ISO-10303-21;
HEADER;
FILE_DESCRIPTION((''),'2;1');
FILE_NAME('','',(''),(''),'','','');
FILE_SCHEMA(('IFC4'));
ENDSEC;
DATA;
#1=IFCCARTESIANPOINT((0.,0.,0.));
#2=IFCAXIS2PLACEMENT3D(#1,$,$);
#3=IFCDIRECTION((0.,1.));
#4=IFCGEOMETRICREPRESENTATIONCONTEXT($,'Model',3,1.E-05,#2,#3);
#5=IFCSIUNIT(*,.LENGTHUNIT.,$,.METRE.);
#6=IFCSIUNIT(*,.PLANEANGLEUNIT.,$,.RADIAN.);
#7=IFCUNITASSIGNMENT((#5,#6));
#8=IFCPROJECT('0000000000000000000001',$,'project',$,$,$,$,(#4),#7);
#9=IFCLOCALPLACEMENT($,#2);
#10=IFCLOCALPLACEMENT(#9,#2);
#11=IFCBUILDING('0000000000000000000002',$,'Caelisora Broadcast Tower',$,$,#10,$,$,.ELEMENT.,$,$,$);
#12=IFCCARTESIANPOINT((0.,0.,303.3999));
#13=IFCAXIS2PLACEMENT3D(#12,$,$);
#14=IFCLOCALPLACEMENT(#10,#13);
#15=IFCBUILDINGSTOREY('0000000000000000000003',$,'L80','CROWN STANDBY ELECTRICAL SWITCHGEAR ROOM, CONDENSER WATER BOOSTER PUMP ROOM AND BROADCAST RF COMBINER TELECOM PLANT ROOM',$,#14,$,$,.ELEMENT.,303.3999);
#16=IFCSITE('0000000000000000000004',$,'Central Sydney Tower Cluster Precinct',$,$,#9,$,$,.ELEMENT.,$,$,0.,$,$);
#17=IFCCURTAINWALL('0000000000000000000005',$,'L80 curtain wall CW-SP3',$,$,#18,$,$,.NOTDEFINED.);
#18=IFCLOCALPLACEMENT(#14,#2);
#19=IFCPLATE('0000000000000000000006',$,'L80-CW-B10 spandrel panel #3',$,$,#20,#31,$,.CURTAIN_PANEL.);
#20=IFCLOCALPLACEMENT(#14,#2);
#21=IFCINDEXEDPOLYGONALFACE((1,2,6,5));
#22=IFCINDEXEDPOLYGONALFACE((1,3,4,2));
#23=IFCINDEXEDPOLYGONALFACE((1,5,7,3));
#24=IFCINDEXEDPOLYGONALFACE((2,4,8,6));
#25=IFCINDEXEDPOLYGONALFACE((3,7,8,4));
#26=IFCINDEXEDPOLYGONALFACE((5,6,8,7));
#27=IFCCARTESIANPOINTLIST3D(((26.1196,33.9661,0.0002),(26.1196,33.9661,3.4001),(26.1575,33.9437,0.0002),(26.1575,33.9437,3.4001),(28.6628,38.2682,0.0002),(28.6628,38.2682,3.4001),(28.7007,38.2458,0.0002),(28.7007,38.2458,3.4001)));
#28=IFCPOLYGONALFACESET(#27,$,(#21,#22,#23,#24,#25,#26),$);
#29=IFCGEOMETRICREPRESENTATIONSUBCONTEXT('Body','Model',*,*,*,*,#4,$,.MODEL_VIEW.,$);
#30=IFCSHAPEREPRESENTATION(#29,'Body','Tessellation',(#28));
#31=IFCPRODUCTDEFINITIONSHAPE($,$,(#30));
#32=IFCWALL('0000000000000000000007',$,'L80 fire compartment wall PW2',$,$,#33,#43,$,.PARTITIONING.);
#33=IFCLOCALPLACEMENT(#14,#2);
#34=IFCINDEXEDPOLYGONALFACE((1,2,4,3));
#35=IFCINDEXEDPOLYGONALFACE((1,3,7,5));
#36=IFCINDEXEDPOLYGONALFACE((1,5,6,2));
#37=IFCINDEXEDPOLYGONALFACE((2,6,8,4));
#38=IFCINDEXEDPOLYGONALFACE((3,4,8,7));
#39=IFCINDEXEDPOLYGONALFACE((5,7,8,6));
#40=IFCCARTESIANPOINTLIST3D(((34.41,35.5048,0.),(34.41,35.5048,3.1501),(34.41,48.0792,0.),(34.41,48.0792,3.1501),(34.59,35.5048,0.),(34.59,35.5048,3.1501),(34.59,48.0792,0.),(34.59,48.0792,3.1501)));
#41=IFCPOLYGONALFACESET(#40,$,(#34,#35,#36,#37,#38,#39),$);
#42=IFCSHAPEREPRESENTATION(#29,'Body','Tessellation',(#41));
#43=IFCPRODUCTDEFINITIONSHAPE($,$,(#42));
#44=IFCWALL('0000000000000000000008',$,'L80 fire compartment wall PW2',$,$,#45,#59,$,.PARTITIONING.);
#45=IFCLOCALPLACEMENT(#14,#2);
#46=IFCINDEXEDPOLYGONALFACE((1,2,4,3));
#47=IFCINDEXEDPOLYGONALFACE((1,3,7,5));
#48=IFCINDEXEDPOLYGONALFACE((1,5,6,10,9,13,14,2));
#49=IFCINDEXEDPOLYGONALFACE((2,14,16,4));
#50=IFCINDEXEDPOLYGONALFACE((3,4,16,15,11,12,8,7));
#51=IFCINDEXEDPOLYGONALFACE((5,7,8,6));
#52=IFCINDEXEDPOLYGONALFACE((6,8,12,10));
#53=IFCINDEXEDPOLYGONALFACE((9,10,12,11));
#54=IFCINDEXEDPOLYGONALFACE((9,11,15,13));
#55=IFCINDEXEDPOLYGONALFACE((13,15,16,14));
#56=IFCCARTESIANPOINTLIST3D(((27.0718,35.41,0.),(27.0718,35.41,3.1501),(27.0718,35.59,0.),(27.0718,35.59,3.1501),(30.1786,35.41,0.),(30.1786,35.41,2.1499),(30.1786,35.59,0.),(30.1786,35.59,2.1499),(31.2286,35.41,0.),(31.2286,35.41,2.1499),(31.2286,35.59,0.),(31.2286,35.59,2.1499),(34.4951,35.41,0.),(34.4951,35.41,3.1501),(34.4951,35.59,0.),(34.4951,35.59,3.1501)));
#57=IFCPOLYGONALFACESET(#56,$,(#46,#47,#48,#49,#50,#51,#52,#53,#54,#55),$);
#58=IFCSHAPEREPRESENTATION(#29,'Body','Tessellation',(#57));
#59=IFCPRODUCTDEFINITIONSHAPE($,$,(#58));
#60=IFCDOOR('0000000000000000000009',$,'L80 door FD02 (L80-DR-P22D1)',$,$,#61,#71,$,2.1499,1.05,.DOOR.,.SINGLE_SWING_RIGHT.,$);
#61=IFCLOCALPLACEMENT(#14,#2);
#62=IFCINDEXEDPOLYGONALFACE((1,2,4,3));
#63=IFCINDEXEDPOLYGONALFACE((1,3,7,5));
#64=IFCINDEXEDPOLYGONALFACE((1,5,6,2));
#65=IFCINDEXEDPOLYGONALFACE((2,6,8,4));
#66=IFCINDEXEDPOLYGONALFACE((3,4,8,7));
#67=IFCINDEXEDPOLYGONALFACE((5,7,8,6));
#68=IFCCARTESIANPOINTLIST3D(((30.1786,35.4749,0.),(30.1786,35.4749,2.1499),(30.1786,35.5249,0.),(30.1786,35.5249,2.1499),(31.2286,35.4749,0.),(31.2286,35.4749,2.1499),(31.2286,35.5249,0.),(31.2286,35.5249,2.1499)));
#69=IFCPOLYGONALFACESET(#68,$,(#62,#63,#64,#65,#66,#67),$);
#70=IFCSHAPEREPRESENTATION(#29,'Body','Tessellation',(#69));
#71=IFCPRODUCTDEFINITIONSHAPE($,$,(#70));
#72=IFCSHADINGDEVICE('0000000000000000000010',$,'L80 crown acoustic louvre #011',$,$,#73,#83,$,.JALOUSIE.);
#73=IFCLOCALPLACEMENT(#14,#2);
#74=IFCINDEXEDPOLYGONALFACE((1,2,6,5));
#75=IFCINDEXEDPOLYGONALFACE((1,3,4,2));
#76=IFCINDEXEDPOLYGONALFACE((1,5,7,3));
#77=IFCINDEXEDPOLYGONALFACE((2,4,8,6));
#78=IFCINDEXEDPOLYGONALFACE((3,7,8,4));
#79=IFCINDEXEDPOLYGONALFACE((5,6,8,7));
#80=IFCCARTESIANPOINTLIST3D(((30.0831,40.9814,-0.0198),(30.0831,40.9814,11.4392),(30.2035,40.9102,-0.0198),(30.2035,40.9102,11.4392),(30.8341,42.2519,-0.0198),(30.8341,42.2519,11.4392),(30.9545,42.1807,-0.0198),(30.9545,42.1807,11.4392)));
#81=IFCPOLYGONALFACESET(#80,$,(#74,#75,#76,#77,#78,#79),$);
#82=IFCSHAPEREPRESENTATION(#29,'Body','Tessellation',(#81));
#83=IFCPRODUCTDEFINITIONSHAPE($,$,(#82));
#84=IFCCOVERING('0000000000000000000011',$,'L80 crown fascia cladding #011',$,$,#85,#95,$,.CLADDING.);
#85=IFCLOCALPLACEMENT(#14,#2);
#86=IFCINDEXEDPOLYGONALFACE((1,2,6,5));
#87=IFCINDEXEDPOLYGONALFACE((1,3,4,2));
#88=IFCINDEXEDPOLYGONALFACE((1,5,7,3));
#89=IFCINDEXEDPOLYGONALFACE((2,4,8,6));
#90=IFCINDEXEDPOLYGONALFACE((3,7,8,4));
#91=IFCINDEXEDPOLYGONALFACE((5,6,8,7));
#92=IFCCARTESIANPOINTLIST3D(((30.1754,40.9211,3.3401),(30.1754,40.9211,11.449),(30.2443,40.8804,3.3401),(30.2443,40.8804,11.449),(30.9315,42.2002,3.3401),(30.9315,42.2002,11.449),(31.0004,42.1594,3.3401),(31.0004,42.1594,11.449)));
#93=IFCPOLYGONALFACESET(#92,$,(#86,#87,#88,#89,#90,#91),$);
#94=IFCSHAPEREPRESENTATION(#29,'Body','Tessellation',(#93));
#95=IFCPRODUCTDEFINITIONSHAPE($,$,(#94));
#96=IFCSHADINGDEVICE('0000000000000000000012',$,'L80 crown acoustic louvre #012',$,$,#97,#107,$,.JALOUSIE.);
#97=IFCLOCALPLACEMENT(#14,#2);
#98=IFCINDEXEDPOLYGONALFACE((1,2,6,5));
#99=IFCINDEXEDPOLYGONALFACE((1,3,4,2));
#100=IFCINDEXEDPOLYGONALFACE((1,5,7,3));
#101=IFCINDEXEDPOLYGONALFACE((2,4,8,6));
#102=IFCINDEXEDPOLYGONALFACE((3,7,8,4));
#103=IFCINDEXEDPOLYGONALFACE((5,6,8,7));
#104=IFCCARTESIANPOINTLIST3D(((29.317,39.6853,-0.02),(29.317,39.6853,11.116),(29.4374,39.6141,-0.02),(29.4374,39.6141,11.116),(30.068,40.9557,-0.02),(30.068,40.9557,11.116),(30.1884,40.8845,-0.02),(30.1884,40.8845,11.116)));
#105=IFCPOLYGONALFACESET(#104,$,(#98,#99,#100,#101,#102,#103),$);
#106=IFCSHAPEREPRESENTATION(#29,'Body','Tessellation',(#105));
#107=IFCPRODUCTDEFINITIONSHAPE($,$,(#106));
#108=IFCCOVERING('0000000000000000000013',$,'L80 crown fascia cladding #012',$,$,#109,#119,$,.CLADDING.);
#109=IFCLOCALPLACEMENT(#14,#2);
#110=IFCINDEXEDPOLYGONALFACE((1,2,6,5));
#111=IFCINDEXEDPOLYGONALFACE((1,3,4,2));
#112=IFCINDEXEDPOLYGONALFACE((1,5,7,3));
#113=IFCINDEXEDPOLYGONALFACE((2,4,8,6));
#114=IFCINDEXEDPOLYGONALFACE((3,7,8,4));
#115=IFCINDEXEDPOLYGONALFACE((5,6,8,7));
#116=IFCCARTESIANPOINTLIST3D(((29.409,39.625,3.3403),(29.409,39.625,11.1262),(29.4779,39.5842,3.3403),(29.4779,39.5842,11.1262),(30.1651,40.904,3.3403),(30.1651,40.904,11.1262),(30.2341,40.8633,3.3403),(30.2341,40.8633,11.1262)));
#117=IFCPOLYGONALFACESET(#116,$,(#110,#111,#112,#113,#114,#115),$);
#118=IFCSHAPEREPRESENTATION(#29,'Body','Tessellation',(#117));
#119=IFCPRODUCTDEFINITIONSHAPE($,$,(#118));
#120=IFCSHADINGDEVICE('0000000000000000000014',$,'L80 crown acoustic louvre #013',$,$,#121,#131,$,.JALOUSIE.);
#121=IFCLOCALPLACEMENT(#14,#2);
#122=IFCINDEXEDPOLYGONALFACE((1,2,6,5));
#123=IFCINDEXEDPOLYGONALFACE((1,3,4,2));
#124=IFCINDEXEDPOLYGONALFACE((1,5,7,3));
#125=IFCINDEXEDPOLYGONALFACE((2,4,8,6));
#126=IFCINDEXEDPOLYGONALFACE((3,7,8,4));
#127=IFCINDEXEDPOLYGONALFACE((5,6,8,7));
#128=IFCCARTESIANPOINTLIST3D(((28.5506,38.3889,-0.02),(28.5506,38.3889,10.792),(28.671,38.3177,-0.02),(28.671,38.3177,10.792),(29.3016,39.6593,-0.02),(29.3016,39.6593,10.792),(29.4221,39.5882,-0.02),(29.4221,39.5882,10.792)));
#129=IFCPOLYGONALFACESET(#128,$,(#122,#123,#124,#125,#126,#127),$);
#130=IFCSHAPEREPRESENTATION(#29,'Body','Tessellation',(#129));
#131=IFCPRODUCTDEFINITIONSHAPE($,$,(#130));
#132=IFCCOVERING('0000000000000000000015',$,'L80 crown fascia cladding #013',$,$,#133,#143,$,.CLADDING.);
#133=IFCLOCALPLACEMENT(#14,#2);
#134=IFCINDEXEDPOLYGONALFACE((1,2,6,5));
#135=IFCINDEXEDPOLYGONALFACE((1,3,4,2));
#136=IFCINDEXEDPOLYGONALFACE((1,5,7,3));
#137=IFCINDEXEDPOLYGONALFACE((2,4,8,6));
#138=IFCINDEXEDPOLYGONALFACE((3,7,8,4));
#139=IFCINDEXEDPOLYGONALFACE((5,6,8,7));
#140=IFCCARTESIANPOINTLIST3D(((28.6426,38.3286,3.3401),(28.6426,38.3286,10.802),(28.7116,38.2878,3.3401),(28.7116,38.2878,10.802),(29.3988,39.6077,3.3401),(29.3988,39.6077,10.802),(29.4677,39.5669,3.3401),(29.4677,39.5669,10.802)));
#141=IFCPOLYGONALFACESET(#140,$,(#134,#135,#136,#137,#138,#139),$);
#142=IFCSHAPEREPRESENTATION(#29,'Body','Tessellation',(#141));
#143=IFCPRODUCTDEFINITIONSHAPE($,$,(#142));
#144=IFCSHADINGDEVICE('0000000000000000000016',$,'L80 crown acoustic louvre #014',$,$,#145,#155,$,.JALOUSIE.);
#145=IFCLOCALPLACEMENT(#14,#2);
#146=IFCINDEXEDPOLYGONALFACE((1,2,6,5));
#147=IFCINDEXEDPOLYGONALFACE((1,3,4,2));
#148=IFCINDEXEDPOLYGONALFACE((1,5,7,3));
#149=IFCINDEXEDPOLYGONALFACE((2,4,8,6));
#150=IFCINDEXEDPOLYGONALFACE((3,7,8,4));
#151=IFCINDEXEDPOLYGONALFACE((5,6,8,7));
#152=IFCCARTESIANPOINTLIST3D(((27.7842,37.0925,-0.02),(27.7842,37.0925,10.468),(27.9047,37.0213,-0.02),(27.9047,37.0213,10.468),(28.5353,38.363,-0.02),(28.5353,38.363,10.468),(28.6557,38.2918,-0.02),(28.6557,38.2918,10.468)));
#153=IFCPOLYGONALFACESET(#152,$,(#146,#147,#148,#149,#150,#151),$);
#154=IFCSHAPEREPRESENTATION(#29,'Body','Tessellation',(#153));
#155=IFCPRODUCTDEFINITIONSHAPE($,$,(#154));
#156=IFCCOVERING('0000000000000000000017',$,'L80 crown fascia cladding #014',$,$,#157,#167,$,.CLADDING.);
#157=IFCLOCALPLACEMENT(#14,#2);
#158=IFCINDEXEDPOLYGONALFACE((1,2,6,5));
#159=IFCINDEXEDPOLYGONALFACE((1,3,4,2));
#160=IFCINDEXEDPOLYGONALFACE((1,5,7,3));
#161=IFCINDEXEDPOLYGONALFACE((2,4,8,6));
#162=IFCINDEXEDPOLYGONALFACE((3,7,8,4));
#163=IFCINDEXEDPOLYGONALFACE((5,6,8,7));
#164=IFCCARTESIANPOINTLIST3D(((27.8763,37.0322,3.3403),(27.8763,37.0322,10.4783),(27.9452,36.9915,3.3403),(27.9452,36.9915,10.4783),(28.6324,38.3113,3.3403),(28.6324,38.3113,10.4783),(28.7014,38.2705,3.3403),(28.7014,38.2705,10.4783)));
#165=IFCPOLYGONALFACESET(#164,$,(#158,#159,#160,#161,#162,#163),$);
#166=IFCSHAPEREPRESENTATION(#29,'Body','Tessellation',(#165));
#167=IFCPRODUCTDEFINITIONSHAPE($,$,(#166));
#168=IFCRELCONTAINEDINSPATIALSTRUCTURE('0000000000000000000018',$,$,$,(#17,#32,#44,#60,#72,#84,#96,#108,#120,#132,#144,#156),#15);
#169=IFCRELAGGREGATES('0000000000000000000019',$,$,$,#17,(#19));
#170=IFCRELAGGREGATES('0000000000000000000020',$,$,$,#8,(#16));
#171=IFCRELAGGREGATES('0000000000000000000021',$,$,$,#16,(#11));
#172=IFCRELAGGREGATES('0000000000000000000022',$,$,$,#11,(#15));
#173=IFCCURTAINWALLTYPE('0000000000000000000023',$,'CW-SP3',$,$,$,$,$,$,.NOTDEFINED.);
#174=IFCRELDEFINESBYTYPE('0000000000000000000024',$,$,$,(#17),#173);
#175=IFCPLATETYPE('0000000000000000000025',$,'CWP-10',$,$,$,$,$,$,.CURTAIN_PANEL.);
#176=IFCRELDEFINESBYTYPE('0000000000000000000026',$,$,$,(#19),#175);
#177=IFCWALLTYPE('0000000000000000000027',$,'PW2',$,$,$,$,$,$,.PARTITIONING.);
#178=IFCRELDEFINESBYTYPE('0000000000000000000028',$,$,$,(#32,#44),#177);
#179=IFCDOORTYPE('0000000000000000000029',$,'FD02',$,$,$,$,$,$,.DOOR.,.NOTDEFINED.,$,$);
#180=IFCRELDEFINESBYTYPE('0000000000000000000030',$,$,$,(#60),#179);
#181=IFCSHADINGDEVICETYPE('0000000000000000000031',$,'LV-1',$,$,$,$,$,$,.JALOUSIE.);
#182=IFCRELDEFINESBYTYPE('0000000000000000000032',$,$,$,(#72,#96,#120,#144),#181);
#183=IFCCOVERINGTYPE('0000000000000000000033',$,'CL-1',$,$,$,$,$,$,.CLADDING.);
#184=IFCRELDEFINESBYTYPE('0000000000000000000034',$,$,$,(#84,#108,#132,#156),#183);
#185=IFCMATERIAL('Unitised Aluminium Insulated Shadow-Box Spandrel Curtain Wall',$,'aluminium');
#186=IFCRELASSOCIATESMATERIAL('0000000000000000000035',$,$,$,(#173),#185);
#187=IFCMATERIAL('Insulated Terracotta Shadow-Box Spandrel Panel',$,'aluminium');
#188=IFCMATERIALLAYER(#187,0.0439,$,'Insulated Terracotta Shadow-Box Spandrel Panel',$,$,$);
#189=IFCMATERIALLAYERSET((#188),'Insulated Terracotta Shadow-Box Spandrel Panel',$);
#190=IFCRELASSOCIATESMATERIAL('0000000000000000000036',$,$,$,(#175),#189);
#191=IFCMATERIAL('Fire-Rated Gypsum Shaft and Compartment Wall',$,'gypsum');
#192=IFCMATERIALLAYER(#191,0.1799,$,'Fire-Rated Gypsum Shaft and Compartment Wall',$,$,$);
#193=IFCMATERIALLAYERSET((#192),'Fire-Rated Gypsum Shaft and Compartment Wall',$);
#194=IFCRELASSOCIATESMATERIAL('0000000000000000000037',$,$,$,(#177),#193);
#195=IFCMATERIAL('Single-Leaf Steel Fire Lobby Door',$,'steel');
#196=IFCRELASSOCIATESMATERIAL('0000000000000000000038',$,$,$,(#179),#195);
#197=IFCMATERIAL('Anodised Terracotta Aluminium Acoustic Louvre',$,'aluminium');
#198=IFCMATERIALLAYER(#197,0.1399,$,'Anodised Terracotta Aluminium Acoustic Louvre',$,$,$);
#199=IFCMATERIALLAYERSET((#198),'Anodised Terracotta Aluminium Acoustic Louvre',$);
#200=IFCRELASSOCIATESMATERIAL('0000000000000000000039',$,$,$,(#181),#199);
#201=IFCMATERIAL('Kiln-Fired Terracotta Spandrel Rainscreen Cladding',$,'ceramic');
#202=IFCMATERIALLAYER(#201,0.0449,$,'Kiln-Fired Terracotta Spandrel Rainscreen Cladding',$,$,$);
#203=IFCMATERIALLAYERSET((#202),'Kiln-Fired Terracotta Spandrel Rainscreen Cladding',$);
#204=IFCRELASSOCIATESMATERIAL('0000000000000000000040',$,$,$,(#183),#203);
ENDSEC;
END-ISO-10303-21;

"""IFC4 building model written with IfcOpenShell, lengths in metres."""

from ifc_helpers import new_model, si_unit, direction, frame, frame_2d, origin, origin_2d, place, context, subcontext, project, spatial, rectangle, extrude, source, transform, mapped, material, layer, layer_set, type_object, element, fill, aggregate, save


model = new_model("IFC4")

# Units and contexts
model_context = context("Model", 3, precision=1e-05, world=origin(), true_north=direction((0.0, 1.0)))
body_context = subcontext(model_context, "Body", "Model", "MODEL_VIEW")
ifc_project = project(units=[si_unit("LENGTHUNIT", "METRE"), si_unit("PLANEANGLEUNIT", "RADIAN")], contexts=[model_context])

# Site, building, storey
site_placement = place(None, origin())
site = spatial("IfcSite", under=ifc_project, at=site_placement, Name="Central Sydney Tower Cluster Precinct", CompositionType="ELEMENT", RefElevation=0.0)
building_placement = place(site_placement, origin())
building = spatial("IfcBuilding", under=site, at=building_placement, Name="Caelisora Broadcast Tower", CompositionType="ELEMENT")
storey_placement = place(building_placement, frame((0.0, 0.0, 303.3999)))
storey = spatial("IfcBuildingStorey", under=building, at=storey_placement, Name="L80", Description="CROWN STANDBY ELECTRICAL SWITCHGEAR ROOM, CONDENSER WATER BOOSTER PUMP ROOM AND BROADCAST RF COMBINER TELECOM PLANT ROOM", CompositionType="ELEMENT", Elevation=303.3999)

# Curtain wall
ifc_material_1 = material(Name="Unitised Aluminium Insulated Shadow-Box Spandrel Curtain Wall", Category="aluminium")
curtain_wall_type = type_object("IfcCurtainWallType", Name="CW-SP3", PredefinedType="NOTDEFINED", material=ifc_material_1)
curtain_wall_1_placement = place(storey_placement, origin())
curtain_wall_1 = element("IfcCurtainWall", 1, at=curtain_wall_1_placement, inside=storey, type_object=curtain_wall_type, Name="L80 curtain wall CW-SP3", PredefinedType="NOTDEFINED")

# Plate
ifc_material_2 = material(Name="Insulated Terracotta Shadow-Box Spandrel Panel", Category="aluminium")
ifc_layer_1 = layer(ifc_material_2, 0.0439, Name="Insulated Terracotta Shadow-Box Spandrel Panel")
ifc_layer_set_1 = layer_set([ifc_layer_1], Name="Insulated Terracotta Shadow-Box Spandrel Panel")
plate_type_1 = type_object("IfcPlateType", Name="CWP-10", PredefinedType="CURTAIN_PANEL", material=ifc_layer_set_1)
shared_shape_1 = source(origin(), body_context, "Body", "SweptSolid", [
    extrude(rectangle(XDim=4.9976, YDim=0.0439, at=origin_2d()), origin(), (0.0, 0.0, 1.0), 3.3999),
])
plate_1_placement = place(storey_placement, frame((27.4102, 36.106, 0.0002), z_axis=(0.0, 0.0, 1.0), x_axis=(0.508891, 0.860831, 0.0)))
plate_1 = element("IfcPlate", 2, at=plate_1_placement, type_object=plate_type_1, Name="L80-CW-B10 spandrel panel #3", PredefinedType="CURTAIN_PANEL", context=body_context, shape_type="MappedRepresentation", body=[
    mapped(shared_shape_1, transform((0.0, 0.0, 0.0), scale=1.0)),
])
aggregate(curtain_wall_1, [plate_1])

# Wall
ifc_material_3 = material(Name="Fire-Rated Gypsum Shaft and Compartment Wall", Category="gypsum")
ifc_layer_2 = layer(ifc_material_3, 0.1799, Name="Fire-Rated Gypsum Shaft and Compartment Wall")
ifc_layer_set_2 = layer_set([ifc_layer_2], Name="Fire-Rated Gypsum Shaft and Compartment Wall")
wall_type = type_object("IfcWallType", Name="PW2", PredefinedType="PARTITIONING", material=ifc_layer_set_2)
wall_1_placement = place(storey_placement, frame((34.5, 35.5049, 0.0), z_axis=(0.0, 0.0, 1.0), x_axis=(0.0, 1.0, 0.0)))
element("IfcWall", 3, at=wall_1_placement, inside=storey, type_object=wall_type, Name="L80 fire compartment wall PW2", PredefinedType="PARTITIONING", context=body_context, shape_type="SweptSolid", body=[
    extrude(rectangle(XDim=12.5745, YDim=0.1799, at=frame_2d((6.2871, 0.0))), origin(), (0.0, 0.0, 1.0), 3.1501),
])

# Wall, opening, door
wall_2_placement = place(storey_placement, frame((27.0718, 35.5, 0.0), z_axis=(0.0, 0.0, 1.0), x_axis=(1.0, 0.0, 0.0)))
wall_2 = element("IfcWall", 4, at=wall_2_placement, inside=storey, type_object=wall_type, Name="L80 fire compartment wall PW2", PredefinedType="PARTITIONING", context=body_context, shape_type="SweptSolid", body=[
    extrude(rectangle(XDim=7.4233, YDim=0.1799, at=frame_2d((3.7117, 0.0))), origin(), (0.0, 0.0, 1.0), 3.1501),
])
opening_1_placement = place(wall_2_placement, frame((3.1069, 0.0, 0.0)))
opening_1 = element("IfcOpeningElement", 5, at=opening_1_placement, cuts=wall_2, PredefinedType="OPENING", context=body_context, shape_type="SweptSolid", body=[
    extrude(rectangle(XDim=1.05, YDim=2.1499, at=frame_2d((0.5249, 1.075))), frame((0.0, 0.1021, 0.0), z_axis=(0.0, -1.0, 0.0), x_axis=(1.0, 0.0, 0.0)), (0.0, 0.0, 1.0), 0.2039),
])
ifc_material_4 = material(Name="Single-Leaf Steel Fire Lobby Door", Category="steel")
door_type = type_object("IfcDoorType", Name="FD02", OperationType="NOTDEFINED", PredefinedType="DOOR", material=ifc_material_4)
door_1_placement = place(opening_1_placement, origin())
door_1 = element("IfcDoor", 6, at=door_1_placement, inside=storey, type_object=door_type, Name="L80 door FD02 (L80-DR-P22D1)", OperationType="SINGLE_SWING_RIGHT", OverallHeight=2.1499, OverallWidth=1.05, PredefinedType="DOOR", context=body_context, shape_type="SweptSolid", body=[
    extrude(rectangle(XDim=1.05, YDim=2.1499, at=frame_2d((0.5249, 1.075))), frame((0.0, 0.0249, 0.0), z_axis=(0.0, -1.0, 0.0), x_axis=(1.0, 0.0, 0.0)), (0.0, 0.0, 1.0), 0.05),
])
fill(opening_1, door_1)

# Shading device
ifc_material_5 = material(Name="Anodised Terracotta Aluminium Acoustic Louvre", Category="aluminium")
ifc_layer_3 = layer(ifc_material_5, 0.1399, Name="Anodised Terracotta Aluminium Acoustic Louvre")
ifc_layer_set_3 = layer_set([ifc_layer_3], Name="Anodised Terracotta Aluminium Acoustic Louvre")
shading_device_type = type_object("IfcShadingDeviceType", Name="LV-1", PredefinedType="JALOUSIE", material=ifc_layer_set_3)
shared_shape_2 = source(origin(), body_context, "Body", "SweptSolid", [
    extrude(rectangle(XDim=1.4758, YDim=0.1399, at=origin_2d()), origin(), (0.0, 0.0, 1.0), 11.459),
])
shading_device_1_placement = place(storey_placement, frame((30.5188, 41.5811, -0.0198), z_axis=(0.0, 0.0, 1.0), x_axis=(-0.508891, -0.860831, 0.0)))
element("IfcShadingDevice", 7, at=shading_device_1_placement, inside=storey, type_object=shading_device_type, Name="L80 crown acoustic louvre #011", PredefinedType="JALOUSIE", context=body_context, shape_type="MappedRepresentation", body=[
    mapped(shared_shape_2, transform((0.0, 0.0, 0.0), scale=1.0)),
])

# Covering
ifc_material_6 = material(Name="Kiln-Fired Terracotta Spandrel Rainscreen Cladding", Category="ceramic")
ifc_layer_4 = layer(ifc_material_6, 0.0449, Name="Kiln-Fired Terracotta Spandrel Rainscreen Cladding")
ifc_layer_set_4 = layer_set([ifc_layer_4], Name="Kiln-Fired Terracotta Spandrel Rainscreen Cladding")
covering_type = type_object("IfcCoveringType", Name="CL-1", PredefinedType="CLADDING", material=ifc_layer_set_4)
shared_shape_3 = source(origin(), body_context, "Body", "SweptSolid", [
    extrude(rectangle(XDim=1.4858, YDim=0.0801, at=origin_2d()), origin(), (0.0, 0.0, 1.0), 8.1089),
])
covering_1_placement = place(storey_placement, frame((30.5879, 41.5403, 3.3401), z_axis=(0.0, 0.0, 1.0), x_axis=(-0.508891, -0.860831, 0.0)))
element("IfcCovering", 8, at=covering_1_placement, inside=storey, type_object=covering_type, Name="L80 crown fascia cladding #011", PredefinedType="CLADDING", context=body_context, shape_type="MappedRepresentation", body=[
    mapped(shared_shape_3, transform((0.0, 0.0, 0.0), scale=1.0)),
])

# Shading device
shared_shape_4 = source(origin(), body_context, "Body", "SweptSolid", [
    extrude(rectangle(XDim=1.4758, YDim=0.1399, at=origin_2d()), origin(), (0.0, 0.0, 1.0), 11.136),
])
shading_device_2_placement = place(storey_placement, frame((29.7527, 40.2849, -0.02), z_axis=(0.0, 0.0, 1.0), x_axis=(-0.508891, -0.860831, 0.0)))
element("IfcShadingDevice", 9, at=shading_device_2_placement, inside=storey, type_object=shading_device_type, Name="L80 crown acoustic louvre #012", PredefinedType="JALOUSIE", context=body_context, shape_type="MappedRepresentation", body=[
    mapped(shared_shape_4, transform((0.0, 0.0, 0.0), scale=1.0)),
])

# Covering
shared_shape_5 = source(origin(), body_context, "Body", "SweptSolid", [
    extrude(rectangle(XDim=1.4858, YDim=0.0801, at=origin_2d()), origin(), (0.0, 0.0, 1.0), 7.7859),
])
covering_2_placement = place(storey_placement, frame((29.8215, 40.2441, 3.3403), z_axis=(0.0, 0.0, 1.0), x_axis=(-0.508891, -0.860831, 0.0)))
element("IfcCovering", 10, at=covering_2_placement, inside=storey, type_object=covering_type, Name="L80 crown fascia cladding #012", PredefinedType="CLADDING", context=body_context, shape_type="MappedRepresentation", body=[
    mapped(shared_shape_5, transform((0.0, 0.0, 0.0), scale=1.0)),
])

# Shading device
shared_shape_6 = source(origin(), body_context, "Body", "SweptSolid", [
    extrude(rectangle(XDim=1.4758, YDim=0.1399, at=origin_2d()), origin(), (0.0, 0.0, 1.0), 10.812),
])
shading_device_3_placement = place(storey_placement, frame((28.9863, 38.9885, -0.02), z_axis=(0.0, 0.0, 1.0), x_axis=(-0.508891, -0.860831, 0.0)))
element("IfcShadingDevice", 11, at=shading_device_3_placement, inside=storey, type_object=shading_device_type, Name="L80 crown acoustic louvre #013", PredefinedType="JALOUSIE", context=body_context, shape_type="MappedRepresentation", body=[
    mapped(shared_shape_6, transform((0.0, 0.0, 0.0), scale=1.0)),
])

# Covering
shared_shape_7 = source(origin(), body_context, "Body", "SweptSolid", [
    extrude(rectangle(XDim=1.4858, YDim=0.0801, at=origin_2d()), origin(), (0.0, 0.0, 1.0), 7.4619),
])
covering_3_placement = place(storey_placement, frame((29.0552, 38.9478, 3.3401), z_axis=(0.0, 0.0, 1.0), x_axis=(-0.508891, -0.860831, 0.0)))
element("IfcCovering", 12, at=covering_3_placement, inside=storey, type_object=covering_type, Name="L80 crown fascia cladding #013", PredefinedType="CLADDING", context=body_context, shape_type="MappedRepresentation", body=[
    mapped(shared_shape_7, transform((0.0, 0.0, 0.0), scale=1.0)),
])

# Shading device
shared_shape_8 = source(origin(), body_context, "Body", "SweptSolid", [
    extrude(rectangle(XDim=1.4758, YDim=0.1399, at=origin_2d()), origin(), (0.0, 0.0, 1.0), 10.488),
])
shading_device_4_placement = place(storey_placement, frame((28.22, 37.6921, -0.02), z_axis=(0.0, 0.0, 1.0), x_axis=(-0.508891, -0.860831, 0.0)))
element("IfcShadingDevice", 13, at=shading_device_4_placement, inside=storey, type_object=shading_device_type, Name="L80 crown acoustic louvre #014", PredefinedType="JALOUSIE", context=body_context, shape_type="MappedRepresentation", body=[
    mapped(shared_shape_8, transform((0.0, 0.0, 0.0), scale=1.0)),
])

# Covering
shared_shape_9 = source(origin(), body_context, "Body", "SweptSolid", [
    extrude(rectangle(XDim=1.4858, YDim=0.0801, at=origin_2d()), origin(), (0.0, 0.0, 1.0), 7.1379),
])
covering_4_placement = place(storey_placement, frame((28.2888, 37.6514, 3.3403), z_axis=(0.0, 0.0, 1.0), x_axis=(-0.508891, -0.860831, 0.0)))
element("IfcCovering", 14, at=covering_4_placement, inside=storey, type_object=covering_type, Name="L80 crown fascia cladding #014", PredefinedType="CLADDING", context=body_context, shape_type="MappedRepresentation", body=[
    mapped(shared_shape_9, transform((0.0, 0.0, 0.0), scale=1.0)),
])

save(model, "model.ifc")
